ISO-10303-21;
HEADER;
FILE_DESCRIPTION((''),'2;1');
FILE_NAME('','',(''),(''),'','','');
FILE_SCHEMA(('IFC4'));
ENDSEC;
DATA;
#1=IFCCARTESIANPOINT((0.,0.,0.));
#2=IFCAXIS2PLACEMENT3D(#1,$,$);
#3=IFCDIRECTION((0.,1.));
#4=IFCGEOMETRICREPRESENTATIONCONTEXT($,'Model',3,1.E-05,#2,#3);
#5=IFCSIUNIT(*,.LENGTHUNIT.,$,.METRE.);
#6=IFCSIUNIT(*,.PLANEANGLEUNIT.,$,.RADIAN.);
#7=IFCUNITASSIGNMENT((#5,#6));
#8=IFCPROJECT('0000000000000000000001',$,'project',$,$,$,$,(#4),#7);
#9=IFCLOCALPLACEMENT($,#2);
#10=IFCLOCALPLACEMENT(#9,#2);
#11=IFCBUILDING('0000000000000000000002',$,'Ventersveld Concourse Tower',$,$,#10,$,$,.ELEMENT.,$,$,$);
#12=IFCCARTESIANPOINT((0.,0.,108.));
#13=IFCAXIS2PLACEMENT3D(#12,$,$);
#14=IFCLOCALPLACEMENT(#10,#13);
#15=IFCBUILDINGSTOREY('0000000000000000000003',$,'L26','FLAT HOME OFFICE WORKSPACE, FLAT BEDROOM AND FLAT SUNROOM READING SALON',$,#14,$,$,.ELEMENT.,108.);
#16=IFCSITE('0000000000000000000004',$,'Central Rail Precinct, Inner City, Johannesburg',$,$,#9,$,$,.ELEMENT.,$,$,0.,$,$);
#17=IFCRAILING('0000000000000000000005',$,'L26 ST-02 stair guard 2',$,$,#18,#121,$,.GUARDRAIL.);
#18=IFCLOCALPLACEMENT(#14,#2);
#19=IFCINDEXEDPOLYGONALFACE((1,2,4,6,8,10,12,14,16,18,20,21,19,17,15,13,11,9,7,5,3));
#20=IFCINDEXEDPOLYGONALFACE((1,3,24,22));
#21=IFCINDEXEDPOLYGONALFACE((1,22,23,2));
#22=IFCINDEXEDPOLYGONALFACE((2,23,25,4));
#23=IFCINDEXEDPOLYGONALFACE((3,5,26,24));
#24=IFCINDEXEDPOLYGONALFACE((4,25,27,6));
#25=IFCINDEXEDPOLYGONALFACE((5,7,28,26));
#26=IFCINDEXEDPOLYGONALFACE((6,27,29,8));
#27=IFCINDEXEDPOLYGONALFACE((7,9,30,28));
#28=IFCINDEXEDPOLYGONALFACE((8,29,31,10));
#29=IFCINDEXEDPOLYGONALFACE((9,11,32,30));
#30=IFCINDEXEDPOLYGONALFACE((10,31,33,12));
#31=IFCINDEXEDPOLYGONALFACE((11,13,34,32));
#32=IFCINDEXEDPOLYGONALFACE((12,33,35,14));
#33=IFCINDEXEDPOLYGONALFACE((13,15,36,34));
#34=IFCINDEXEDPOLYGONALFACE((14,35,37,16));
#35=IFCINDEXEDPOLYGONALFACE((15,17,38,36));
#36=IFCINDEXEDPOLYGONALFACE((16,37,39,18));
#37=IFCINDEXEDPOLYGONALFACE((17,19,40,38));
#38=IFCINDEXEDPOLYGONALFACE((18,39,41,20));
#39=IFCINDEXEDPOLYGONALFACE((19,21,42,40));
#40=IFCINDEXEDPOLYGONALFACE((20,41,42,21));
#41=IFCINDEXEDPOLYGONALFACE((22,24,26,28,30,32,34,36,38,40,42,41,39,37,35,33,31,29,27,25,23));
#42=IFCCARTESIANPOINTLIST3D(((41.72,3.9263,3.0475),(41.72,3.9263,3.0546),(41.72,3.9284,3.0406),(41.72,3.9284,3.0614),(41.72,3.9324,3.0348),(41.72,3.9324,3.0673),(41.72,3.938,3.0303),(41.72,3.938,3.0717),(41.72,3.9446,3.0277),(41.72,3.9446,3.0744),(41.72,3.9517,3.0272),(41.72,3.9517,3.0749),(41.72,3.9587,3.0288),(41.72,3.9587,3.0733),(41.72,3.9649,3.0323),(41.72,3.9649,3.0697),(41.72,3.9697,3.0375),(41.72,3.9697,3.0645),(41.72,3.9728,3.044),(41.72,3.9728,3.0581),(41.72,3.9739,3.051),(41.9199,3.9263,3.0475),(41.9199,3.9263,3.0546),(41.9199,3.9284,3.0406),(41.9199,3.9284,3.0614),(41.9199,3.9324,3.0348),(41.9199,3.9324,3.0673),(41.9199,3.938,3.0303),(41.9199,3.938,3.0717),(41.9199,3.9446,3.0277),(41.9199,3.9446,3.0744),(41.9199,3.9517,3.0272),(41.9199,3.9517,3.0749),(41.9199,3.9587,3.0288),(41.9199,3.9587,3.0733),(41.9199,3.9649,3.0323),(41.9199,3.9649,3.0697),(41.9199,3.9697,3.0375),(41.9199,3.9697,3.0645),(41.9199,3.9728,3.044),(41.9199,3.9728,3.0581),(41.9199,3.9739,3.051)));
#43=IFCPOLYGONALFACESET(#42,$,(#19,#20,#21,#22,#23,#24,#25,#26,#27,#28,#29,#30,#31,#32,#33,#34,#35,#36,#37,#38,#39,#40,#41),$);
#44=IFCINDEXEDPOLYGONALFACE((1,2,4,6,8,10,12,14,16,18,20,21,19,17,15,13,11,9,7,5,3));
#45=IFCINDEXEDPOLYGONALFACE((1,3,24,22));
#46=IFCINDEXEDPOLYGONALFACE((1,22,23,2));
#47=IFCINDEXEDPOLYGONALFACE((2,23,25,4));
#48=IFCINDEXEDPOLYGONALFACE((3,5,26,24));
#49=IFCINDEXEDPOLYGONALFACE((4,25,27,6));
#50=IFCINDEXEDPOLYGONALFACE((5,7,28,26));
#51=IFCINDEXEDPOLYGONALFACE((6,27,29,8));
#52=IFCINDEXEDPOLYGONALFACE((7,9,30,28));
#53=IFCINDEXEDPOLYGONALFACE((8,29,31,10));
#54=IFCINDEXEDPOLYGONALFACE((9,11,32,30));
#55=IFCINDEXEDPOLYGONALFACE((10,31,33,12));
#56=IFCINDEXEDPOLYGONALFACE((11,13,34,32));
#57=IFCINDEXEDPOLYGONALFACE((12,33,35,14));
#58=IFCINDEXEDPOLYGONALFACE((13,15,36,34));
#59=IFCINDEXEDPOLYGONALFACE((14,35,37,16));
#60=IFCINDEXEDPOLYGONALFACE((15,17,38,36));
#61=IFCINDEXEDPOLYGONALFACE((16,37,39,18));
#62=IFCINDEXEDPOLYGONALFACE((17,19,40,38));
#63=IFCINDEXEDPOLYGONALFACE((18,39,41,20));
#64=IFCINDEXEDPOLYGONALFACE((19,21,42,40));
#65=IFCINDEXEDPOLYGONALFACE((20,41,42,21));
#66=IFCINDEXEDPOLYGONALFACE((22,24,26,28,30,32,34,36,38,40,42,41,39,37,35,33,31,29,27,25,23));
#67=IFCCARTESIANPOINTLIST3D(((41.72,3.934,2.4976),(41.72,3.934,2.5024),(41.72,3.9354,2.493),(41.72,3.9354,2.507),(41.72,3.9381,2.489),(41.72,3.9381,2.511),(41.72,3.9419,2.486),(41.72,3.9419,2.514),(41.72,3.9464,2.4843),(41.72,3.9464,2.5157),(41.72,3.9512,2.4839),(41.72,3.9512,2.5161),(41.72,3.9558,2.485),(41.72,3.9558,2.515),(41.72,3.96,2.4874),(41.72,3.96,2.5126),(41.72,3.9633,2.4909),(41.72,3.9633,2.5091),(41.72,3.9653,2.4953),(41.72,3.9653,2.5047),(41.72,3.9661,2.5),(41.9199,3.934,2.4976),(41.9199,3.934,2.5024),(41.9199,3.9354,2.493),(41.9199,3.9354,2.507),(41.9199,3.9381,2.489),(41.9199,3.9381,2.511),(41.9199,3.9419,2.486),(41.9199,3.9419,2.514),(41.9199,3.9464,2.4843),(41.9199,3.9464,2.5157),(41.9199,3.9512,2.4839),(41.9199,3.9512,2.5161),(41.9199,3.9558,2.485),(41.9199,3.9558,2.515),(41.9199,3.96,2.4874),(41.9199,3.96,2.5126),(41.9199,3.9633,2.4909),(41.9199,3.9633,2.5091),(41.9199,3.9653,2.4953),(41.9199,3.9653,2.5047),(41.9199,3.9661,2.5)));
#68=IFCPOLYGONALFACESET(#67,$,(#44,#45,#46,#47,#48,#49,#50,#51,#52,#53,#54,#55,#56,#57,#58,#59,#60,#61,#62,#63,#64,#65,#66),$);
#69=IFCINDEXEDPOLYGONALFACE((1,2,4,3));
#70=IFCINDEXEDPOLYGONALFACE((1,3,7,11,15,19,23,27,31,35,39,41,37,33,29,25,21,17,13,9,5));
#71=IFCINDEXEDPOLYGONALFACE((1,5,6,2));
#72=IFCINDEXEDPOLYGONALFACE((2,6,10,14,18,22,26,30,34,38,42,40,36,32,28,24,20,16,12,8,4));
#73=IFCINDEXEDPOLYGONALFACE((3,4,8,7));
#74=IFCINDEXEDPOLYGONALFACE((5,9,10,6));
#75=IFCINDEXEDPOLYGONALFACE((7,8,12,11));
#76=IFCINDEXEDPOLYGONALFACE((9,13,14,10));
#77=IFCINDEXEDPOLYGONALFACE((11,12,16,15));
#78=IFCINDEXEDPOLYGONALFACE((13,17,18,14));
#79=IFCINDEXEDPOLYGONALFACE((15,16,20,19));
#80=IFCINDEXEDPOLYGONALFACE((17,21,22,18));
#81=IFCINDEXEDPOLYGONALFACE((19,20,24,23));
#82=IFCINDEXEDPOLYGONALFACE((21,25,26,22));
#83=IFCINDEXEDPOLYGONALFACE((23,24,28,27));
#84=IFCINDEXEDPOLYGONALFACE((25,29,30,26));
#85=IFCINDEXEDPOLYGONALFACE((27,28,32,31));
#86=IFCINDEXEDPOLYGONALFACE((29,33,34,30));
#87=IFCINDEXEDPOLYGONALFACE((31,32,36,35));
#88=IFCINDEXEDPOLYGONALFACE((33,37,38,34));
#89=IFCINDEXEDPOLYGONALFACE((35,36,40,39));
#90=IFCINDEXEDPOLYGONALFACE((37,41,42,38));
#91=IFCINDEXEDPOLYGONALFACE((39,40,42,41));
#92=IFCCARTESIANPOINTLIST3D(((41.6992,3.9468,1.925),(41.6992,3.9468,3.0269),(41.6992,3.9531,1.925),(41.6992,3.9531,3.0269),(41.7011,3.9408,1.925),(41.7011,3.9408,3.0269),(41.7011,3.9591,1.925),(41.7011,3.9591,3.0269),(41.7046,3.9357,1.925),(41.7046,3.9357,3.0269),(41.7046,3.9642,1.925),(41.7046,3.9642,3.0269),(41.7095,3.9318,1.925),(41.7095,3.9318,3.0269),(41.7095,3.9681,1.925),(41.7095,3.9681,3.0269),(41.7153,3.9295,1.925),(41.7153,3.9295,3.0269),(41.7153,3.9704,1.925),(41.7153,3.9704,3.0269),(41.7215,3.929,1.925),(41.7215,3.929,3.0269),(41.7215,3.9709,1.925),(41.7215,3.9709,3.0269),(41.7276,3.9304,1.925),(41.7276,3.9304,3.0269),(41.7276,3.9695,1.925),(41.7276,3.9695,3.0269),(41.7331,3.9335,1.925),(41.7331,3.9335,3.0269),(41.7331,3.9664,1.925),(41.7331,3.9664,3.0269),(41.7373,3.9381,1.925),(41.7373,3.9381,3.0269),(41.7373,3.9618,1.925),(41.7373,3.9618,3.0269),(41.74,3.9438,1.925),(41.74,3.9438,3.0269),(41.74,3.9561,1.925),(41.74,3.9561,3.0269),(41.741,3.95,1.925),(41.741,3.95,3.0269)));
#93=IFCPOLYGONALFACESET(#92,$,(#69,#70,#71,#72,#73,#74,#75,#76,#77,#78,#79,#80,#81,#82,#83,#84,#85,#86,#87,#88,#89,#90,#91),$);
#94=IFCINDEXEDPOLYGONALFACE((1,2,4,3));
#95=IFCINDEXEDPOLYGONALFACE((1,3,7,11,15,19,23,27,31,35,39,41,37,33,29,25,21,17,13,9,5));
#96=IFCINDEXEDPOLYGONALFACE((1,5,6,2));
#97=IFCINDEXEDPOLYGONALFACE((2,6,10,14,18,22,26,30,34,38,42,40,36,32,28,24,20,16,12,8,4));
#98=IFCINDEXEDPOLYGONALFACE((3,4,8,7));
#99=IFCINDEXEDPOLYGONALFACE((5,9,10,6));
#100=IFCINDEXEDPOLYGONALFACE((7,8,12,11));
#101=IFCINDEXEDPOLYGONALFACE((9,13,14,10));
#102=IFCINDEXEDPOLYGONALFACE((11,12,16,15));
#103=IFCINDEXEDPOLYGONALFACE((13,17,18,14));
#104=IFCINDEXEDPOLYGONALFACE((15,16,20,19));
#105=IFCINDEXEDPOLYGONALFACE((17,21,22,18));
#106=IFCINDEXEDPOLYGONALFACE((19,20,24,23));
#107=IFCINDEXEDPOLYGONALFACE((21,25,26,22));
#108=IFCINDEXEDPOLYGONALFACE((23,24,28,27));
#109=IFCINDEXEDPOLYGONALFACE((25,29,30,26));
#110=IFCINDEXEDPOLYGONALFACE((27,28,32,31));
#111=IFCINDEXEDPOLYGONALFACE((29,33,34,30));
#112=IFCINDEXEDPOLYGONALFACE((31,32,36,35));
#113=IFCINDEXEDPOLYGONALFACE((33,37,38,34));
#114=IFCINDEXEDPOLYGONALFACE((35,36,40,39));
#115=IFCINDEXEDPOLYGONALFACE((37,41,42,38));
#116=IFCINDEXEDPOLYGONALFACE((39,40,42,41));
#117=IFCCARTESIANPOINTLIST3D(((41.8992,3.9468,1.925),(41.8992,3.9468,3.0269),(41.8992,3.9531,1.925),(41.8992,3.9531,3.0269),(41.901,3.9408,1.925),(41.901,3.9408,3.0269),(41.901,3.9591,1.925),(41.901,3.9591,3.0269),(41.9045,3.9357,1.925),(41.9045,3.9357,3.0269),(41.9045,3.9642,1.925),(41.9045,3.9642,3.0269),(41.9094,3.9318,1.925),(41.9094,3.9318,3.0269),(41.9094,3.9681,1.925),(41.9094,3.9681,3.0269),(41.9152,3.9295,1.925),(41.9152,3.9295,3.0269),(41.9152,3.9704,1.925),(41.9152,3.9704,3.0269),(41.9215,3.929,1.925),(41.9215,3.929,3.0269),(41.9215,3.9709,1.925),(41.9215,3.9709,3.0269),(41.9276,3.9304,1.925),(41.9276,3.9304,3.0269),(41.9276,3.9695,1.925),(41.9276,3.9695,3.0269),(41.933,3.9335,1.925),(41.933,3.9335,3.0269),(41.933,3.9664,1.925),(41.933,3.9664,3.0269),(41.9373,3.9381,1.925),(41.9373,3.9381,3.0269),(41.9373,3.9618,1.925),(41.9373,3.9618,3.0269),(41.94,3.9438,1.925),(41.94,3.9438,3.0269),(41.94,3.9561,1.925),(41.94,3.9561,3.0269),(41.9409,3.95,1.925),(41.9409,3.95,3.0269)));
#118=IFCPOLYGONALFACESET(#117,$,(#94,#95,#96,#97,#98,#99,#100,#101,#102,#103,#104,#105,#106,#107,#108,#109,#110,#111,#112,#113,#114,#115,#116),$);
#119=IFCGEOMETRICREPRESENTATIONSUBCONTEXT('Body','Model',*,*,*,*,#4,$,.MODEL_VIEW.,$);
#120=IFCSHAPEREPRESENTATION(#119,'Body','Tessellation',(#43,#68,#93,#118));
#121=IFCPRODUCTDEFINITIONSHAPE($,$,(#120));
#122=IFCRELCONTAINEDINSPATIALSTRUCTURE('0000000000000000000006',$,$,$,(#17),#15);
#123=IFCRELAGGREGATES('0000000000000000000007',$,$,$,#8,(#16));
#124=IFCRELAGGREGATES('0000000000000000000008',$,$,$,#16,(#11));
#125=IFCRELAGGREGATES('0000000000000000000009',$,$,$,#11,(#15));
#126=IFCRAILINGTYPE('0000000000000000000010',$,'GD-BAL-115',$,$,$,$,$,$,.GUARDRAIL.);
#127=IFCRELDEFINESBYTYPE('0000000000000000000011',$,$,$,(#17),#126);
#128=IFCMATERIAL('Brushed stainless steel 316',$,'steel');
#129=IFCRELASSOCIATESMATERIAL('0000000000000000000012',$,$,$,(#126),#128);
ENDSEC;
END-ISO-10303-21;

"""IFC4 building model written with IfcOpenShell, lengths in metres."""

from ifc_helpers import new_model, si_unit, direction, frame, origin, origin_2d, place, context, subcontext, project, spatial, circle, extrude, material, type_object, element, save


model = new_model("IFC4")

# Units and contexts
model_context = context("Model", 3, precision=1e-05, world=origin(), true_north=direction((0.0, 1.0)))
body_context = subcontext(model_context, "Body", "Model", "MODEL_VIEW")
ifc_project = project(units=[si_unit("LENGTHUNIT", "METRE"), si_unit("PLANEANGLEUNIT", "RADIAN")], contexts=[model_context])

# Site, building, storey
site_placement = place(None, origin())
site = spatial("IfcSite", under=ifc_project, at=site_placement, Name="Central Rail Precinct, Inner City, Johannesburg", CompositionType="ELEMENT", RefElevation=0.0)
building_placement = place(site_placement, origin())
building = spatial("IfcBuilding", under=site, at=building_placement, Name="Ventersveld Concourse Tower", CompositionType="ELEMENT")
storey_placement = place(building_placement, frame((0.0, 0.0, 108.0)))
storey = spatial("IfcBuildingStorey", under=building, at=storey_placement, Name="L26", Description="FLAT HOME OFFICE WORKSPACE, FLAT BEDROOM AND FLAT SUNROOM READING SALON", CompositionType="ELEMENT", Elevation=108.0)

# Shared definitions
ifc_material_1 = material(Name="Brushed stainless steel 316", Category="steel")

# Railing
railing_type_1 = type_object("IfcRailingType", Name="GD-BAL-115", PredefinedType="GUARDRAIL", material=ifc_material_1)
railing_1_placement = place(storey_placement, frame((41.72, 3.95, 1.925)))
element("IfcRailing", 1, at=railing_1_placement, inside=storey, type_object=railing_type_1, Name="L26 ST-02 stair guard 2", PredefinedType="GUARDRAIL", context=body_context, shape_type="SweptSolid", body=[
    extrude(circle(Radius=0.0239, at=origin_2d()), frame((0.0, 0.0, 1.126), z_axis=(1.0, 0.0, 0.0), x_axis=(0.0, 1.0, 0.0)), (0.0, 0.0, 1.0), 0.2),
    extrude(circle(Radius=0.0161, at=origin_2d()), frame((0.0, 0.0, 0.575), z_axis=(1.0, 0.0, 0.0), x_axis=(0.0, 1.0, 0.0)), (0.0, 0.0, 1.0), 0.2),
    extrude(circle(Radius=0.021, at=origin_2d()), origin(), (0.0, 0.0, 1.0), 1.1018),
    extrude(circle(Radius=0.021, at=origin_2d()), frame((0.2, 0.0, 0.0)), (0.0, 0.0, 1.0), 1.1018),
])

save(model, "model.ifc")
